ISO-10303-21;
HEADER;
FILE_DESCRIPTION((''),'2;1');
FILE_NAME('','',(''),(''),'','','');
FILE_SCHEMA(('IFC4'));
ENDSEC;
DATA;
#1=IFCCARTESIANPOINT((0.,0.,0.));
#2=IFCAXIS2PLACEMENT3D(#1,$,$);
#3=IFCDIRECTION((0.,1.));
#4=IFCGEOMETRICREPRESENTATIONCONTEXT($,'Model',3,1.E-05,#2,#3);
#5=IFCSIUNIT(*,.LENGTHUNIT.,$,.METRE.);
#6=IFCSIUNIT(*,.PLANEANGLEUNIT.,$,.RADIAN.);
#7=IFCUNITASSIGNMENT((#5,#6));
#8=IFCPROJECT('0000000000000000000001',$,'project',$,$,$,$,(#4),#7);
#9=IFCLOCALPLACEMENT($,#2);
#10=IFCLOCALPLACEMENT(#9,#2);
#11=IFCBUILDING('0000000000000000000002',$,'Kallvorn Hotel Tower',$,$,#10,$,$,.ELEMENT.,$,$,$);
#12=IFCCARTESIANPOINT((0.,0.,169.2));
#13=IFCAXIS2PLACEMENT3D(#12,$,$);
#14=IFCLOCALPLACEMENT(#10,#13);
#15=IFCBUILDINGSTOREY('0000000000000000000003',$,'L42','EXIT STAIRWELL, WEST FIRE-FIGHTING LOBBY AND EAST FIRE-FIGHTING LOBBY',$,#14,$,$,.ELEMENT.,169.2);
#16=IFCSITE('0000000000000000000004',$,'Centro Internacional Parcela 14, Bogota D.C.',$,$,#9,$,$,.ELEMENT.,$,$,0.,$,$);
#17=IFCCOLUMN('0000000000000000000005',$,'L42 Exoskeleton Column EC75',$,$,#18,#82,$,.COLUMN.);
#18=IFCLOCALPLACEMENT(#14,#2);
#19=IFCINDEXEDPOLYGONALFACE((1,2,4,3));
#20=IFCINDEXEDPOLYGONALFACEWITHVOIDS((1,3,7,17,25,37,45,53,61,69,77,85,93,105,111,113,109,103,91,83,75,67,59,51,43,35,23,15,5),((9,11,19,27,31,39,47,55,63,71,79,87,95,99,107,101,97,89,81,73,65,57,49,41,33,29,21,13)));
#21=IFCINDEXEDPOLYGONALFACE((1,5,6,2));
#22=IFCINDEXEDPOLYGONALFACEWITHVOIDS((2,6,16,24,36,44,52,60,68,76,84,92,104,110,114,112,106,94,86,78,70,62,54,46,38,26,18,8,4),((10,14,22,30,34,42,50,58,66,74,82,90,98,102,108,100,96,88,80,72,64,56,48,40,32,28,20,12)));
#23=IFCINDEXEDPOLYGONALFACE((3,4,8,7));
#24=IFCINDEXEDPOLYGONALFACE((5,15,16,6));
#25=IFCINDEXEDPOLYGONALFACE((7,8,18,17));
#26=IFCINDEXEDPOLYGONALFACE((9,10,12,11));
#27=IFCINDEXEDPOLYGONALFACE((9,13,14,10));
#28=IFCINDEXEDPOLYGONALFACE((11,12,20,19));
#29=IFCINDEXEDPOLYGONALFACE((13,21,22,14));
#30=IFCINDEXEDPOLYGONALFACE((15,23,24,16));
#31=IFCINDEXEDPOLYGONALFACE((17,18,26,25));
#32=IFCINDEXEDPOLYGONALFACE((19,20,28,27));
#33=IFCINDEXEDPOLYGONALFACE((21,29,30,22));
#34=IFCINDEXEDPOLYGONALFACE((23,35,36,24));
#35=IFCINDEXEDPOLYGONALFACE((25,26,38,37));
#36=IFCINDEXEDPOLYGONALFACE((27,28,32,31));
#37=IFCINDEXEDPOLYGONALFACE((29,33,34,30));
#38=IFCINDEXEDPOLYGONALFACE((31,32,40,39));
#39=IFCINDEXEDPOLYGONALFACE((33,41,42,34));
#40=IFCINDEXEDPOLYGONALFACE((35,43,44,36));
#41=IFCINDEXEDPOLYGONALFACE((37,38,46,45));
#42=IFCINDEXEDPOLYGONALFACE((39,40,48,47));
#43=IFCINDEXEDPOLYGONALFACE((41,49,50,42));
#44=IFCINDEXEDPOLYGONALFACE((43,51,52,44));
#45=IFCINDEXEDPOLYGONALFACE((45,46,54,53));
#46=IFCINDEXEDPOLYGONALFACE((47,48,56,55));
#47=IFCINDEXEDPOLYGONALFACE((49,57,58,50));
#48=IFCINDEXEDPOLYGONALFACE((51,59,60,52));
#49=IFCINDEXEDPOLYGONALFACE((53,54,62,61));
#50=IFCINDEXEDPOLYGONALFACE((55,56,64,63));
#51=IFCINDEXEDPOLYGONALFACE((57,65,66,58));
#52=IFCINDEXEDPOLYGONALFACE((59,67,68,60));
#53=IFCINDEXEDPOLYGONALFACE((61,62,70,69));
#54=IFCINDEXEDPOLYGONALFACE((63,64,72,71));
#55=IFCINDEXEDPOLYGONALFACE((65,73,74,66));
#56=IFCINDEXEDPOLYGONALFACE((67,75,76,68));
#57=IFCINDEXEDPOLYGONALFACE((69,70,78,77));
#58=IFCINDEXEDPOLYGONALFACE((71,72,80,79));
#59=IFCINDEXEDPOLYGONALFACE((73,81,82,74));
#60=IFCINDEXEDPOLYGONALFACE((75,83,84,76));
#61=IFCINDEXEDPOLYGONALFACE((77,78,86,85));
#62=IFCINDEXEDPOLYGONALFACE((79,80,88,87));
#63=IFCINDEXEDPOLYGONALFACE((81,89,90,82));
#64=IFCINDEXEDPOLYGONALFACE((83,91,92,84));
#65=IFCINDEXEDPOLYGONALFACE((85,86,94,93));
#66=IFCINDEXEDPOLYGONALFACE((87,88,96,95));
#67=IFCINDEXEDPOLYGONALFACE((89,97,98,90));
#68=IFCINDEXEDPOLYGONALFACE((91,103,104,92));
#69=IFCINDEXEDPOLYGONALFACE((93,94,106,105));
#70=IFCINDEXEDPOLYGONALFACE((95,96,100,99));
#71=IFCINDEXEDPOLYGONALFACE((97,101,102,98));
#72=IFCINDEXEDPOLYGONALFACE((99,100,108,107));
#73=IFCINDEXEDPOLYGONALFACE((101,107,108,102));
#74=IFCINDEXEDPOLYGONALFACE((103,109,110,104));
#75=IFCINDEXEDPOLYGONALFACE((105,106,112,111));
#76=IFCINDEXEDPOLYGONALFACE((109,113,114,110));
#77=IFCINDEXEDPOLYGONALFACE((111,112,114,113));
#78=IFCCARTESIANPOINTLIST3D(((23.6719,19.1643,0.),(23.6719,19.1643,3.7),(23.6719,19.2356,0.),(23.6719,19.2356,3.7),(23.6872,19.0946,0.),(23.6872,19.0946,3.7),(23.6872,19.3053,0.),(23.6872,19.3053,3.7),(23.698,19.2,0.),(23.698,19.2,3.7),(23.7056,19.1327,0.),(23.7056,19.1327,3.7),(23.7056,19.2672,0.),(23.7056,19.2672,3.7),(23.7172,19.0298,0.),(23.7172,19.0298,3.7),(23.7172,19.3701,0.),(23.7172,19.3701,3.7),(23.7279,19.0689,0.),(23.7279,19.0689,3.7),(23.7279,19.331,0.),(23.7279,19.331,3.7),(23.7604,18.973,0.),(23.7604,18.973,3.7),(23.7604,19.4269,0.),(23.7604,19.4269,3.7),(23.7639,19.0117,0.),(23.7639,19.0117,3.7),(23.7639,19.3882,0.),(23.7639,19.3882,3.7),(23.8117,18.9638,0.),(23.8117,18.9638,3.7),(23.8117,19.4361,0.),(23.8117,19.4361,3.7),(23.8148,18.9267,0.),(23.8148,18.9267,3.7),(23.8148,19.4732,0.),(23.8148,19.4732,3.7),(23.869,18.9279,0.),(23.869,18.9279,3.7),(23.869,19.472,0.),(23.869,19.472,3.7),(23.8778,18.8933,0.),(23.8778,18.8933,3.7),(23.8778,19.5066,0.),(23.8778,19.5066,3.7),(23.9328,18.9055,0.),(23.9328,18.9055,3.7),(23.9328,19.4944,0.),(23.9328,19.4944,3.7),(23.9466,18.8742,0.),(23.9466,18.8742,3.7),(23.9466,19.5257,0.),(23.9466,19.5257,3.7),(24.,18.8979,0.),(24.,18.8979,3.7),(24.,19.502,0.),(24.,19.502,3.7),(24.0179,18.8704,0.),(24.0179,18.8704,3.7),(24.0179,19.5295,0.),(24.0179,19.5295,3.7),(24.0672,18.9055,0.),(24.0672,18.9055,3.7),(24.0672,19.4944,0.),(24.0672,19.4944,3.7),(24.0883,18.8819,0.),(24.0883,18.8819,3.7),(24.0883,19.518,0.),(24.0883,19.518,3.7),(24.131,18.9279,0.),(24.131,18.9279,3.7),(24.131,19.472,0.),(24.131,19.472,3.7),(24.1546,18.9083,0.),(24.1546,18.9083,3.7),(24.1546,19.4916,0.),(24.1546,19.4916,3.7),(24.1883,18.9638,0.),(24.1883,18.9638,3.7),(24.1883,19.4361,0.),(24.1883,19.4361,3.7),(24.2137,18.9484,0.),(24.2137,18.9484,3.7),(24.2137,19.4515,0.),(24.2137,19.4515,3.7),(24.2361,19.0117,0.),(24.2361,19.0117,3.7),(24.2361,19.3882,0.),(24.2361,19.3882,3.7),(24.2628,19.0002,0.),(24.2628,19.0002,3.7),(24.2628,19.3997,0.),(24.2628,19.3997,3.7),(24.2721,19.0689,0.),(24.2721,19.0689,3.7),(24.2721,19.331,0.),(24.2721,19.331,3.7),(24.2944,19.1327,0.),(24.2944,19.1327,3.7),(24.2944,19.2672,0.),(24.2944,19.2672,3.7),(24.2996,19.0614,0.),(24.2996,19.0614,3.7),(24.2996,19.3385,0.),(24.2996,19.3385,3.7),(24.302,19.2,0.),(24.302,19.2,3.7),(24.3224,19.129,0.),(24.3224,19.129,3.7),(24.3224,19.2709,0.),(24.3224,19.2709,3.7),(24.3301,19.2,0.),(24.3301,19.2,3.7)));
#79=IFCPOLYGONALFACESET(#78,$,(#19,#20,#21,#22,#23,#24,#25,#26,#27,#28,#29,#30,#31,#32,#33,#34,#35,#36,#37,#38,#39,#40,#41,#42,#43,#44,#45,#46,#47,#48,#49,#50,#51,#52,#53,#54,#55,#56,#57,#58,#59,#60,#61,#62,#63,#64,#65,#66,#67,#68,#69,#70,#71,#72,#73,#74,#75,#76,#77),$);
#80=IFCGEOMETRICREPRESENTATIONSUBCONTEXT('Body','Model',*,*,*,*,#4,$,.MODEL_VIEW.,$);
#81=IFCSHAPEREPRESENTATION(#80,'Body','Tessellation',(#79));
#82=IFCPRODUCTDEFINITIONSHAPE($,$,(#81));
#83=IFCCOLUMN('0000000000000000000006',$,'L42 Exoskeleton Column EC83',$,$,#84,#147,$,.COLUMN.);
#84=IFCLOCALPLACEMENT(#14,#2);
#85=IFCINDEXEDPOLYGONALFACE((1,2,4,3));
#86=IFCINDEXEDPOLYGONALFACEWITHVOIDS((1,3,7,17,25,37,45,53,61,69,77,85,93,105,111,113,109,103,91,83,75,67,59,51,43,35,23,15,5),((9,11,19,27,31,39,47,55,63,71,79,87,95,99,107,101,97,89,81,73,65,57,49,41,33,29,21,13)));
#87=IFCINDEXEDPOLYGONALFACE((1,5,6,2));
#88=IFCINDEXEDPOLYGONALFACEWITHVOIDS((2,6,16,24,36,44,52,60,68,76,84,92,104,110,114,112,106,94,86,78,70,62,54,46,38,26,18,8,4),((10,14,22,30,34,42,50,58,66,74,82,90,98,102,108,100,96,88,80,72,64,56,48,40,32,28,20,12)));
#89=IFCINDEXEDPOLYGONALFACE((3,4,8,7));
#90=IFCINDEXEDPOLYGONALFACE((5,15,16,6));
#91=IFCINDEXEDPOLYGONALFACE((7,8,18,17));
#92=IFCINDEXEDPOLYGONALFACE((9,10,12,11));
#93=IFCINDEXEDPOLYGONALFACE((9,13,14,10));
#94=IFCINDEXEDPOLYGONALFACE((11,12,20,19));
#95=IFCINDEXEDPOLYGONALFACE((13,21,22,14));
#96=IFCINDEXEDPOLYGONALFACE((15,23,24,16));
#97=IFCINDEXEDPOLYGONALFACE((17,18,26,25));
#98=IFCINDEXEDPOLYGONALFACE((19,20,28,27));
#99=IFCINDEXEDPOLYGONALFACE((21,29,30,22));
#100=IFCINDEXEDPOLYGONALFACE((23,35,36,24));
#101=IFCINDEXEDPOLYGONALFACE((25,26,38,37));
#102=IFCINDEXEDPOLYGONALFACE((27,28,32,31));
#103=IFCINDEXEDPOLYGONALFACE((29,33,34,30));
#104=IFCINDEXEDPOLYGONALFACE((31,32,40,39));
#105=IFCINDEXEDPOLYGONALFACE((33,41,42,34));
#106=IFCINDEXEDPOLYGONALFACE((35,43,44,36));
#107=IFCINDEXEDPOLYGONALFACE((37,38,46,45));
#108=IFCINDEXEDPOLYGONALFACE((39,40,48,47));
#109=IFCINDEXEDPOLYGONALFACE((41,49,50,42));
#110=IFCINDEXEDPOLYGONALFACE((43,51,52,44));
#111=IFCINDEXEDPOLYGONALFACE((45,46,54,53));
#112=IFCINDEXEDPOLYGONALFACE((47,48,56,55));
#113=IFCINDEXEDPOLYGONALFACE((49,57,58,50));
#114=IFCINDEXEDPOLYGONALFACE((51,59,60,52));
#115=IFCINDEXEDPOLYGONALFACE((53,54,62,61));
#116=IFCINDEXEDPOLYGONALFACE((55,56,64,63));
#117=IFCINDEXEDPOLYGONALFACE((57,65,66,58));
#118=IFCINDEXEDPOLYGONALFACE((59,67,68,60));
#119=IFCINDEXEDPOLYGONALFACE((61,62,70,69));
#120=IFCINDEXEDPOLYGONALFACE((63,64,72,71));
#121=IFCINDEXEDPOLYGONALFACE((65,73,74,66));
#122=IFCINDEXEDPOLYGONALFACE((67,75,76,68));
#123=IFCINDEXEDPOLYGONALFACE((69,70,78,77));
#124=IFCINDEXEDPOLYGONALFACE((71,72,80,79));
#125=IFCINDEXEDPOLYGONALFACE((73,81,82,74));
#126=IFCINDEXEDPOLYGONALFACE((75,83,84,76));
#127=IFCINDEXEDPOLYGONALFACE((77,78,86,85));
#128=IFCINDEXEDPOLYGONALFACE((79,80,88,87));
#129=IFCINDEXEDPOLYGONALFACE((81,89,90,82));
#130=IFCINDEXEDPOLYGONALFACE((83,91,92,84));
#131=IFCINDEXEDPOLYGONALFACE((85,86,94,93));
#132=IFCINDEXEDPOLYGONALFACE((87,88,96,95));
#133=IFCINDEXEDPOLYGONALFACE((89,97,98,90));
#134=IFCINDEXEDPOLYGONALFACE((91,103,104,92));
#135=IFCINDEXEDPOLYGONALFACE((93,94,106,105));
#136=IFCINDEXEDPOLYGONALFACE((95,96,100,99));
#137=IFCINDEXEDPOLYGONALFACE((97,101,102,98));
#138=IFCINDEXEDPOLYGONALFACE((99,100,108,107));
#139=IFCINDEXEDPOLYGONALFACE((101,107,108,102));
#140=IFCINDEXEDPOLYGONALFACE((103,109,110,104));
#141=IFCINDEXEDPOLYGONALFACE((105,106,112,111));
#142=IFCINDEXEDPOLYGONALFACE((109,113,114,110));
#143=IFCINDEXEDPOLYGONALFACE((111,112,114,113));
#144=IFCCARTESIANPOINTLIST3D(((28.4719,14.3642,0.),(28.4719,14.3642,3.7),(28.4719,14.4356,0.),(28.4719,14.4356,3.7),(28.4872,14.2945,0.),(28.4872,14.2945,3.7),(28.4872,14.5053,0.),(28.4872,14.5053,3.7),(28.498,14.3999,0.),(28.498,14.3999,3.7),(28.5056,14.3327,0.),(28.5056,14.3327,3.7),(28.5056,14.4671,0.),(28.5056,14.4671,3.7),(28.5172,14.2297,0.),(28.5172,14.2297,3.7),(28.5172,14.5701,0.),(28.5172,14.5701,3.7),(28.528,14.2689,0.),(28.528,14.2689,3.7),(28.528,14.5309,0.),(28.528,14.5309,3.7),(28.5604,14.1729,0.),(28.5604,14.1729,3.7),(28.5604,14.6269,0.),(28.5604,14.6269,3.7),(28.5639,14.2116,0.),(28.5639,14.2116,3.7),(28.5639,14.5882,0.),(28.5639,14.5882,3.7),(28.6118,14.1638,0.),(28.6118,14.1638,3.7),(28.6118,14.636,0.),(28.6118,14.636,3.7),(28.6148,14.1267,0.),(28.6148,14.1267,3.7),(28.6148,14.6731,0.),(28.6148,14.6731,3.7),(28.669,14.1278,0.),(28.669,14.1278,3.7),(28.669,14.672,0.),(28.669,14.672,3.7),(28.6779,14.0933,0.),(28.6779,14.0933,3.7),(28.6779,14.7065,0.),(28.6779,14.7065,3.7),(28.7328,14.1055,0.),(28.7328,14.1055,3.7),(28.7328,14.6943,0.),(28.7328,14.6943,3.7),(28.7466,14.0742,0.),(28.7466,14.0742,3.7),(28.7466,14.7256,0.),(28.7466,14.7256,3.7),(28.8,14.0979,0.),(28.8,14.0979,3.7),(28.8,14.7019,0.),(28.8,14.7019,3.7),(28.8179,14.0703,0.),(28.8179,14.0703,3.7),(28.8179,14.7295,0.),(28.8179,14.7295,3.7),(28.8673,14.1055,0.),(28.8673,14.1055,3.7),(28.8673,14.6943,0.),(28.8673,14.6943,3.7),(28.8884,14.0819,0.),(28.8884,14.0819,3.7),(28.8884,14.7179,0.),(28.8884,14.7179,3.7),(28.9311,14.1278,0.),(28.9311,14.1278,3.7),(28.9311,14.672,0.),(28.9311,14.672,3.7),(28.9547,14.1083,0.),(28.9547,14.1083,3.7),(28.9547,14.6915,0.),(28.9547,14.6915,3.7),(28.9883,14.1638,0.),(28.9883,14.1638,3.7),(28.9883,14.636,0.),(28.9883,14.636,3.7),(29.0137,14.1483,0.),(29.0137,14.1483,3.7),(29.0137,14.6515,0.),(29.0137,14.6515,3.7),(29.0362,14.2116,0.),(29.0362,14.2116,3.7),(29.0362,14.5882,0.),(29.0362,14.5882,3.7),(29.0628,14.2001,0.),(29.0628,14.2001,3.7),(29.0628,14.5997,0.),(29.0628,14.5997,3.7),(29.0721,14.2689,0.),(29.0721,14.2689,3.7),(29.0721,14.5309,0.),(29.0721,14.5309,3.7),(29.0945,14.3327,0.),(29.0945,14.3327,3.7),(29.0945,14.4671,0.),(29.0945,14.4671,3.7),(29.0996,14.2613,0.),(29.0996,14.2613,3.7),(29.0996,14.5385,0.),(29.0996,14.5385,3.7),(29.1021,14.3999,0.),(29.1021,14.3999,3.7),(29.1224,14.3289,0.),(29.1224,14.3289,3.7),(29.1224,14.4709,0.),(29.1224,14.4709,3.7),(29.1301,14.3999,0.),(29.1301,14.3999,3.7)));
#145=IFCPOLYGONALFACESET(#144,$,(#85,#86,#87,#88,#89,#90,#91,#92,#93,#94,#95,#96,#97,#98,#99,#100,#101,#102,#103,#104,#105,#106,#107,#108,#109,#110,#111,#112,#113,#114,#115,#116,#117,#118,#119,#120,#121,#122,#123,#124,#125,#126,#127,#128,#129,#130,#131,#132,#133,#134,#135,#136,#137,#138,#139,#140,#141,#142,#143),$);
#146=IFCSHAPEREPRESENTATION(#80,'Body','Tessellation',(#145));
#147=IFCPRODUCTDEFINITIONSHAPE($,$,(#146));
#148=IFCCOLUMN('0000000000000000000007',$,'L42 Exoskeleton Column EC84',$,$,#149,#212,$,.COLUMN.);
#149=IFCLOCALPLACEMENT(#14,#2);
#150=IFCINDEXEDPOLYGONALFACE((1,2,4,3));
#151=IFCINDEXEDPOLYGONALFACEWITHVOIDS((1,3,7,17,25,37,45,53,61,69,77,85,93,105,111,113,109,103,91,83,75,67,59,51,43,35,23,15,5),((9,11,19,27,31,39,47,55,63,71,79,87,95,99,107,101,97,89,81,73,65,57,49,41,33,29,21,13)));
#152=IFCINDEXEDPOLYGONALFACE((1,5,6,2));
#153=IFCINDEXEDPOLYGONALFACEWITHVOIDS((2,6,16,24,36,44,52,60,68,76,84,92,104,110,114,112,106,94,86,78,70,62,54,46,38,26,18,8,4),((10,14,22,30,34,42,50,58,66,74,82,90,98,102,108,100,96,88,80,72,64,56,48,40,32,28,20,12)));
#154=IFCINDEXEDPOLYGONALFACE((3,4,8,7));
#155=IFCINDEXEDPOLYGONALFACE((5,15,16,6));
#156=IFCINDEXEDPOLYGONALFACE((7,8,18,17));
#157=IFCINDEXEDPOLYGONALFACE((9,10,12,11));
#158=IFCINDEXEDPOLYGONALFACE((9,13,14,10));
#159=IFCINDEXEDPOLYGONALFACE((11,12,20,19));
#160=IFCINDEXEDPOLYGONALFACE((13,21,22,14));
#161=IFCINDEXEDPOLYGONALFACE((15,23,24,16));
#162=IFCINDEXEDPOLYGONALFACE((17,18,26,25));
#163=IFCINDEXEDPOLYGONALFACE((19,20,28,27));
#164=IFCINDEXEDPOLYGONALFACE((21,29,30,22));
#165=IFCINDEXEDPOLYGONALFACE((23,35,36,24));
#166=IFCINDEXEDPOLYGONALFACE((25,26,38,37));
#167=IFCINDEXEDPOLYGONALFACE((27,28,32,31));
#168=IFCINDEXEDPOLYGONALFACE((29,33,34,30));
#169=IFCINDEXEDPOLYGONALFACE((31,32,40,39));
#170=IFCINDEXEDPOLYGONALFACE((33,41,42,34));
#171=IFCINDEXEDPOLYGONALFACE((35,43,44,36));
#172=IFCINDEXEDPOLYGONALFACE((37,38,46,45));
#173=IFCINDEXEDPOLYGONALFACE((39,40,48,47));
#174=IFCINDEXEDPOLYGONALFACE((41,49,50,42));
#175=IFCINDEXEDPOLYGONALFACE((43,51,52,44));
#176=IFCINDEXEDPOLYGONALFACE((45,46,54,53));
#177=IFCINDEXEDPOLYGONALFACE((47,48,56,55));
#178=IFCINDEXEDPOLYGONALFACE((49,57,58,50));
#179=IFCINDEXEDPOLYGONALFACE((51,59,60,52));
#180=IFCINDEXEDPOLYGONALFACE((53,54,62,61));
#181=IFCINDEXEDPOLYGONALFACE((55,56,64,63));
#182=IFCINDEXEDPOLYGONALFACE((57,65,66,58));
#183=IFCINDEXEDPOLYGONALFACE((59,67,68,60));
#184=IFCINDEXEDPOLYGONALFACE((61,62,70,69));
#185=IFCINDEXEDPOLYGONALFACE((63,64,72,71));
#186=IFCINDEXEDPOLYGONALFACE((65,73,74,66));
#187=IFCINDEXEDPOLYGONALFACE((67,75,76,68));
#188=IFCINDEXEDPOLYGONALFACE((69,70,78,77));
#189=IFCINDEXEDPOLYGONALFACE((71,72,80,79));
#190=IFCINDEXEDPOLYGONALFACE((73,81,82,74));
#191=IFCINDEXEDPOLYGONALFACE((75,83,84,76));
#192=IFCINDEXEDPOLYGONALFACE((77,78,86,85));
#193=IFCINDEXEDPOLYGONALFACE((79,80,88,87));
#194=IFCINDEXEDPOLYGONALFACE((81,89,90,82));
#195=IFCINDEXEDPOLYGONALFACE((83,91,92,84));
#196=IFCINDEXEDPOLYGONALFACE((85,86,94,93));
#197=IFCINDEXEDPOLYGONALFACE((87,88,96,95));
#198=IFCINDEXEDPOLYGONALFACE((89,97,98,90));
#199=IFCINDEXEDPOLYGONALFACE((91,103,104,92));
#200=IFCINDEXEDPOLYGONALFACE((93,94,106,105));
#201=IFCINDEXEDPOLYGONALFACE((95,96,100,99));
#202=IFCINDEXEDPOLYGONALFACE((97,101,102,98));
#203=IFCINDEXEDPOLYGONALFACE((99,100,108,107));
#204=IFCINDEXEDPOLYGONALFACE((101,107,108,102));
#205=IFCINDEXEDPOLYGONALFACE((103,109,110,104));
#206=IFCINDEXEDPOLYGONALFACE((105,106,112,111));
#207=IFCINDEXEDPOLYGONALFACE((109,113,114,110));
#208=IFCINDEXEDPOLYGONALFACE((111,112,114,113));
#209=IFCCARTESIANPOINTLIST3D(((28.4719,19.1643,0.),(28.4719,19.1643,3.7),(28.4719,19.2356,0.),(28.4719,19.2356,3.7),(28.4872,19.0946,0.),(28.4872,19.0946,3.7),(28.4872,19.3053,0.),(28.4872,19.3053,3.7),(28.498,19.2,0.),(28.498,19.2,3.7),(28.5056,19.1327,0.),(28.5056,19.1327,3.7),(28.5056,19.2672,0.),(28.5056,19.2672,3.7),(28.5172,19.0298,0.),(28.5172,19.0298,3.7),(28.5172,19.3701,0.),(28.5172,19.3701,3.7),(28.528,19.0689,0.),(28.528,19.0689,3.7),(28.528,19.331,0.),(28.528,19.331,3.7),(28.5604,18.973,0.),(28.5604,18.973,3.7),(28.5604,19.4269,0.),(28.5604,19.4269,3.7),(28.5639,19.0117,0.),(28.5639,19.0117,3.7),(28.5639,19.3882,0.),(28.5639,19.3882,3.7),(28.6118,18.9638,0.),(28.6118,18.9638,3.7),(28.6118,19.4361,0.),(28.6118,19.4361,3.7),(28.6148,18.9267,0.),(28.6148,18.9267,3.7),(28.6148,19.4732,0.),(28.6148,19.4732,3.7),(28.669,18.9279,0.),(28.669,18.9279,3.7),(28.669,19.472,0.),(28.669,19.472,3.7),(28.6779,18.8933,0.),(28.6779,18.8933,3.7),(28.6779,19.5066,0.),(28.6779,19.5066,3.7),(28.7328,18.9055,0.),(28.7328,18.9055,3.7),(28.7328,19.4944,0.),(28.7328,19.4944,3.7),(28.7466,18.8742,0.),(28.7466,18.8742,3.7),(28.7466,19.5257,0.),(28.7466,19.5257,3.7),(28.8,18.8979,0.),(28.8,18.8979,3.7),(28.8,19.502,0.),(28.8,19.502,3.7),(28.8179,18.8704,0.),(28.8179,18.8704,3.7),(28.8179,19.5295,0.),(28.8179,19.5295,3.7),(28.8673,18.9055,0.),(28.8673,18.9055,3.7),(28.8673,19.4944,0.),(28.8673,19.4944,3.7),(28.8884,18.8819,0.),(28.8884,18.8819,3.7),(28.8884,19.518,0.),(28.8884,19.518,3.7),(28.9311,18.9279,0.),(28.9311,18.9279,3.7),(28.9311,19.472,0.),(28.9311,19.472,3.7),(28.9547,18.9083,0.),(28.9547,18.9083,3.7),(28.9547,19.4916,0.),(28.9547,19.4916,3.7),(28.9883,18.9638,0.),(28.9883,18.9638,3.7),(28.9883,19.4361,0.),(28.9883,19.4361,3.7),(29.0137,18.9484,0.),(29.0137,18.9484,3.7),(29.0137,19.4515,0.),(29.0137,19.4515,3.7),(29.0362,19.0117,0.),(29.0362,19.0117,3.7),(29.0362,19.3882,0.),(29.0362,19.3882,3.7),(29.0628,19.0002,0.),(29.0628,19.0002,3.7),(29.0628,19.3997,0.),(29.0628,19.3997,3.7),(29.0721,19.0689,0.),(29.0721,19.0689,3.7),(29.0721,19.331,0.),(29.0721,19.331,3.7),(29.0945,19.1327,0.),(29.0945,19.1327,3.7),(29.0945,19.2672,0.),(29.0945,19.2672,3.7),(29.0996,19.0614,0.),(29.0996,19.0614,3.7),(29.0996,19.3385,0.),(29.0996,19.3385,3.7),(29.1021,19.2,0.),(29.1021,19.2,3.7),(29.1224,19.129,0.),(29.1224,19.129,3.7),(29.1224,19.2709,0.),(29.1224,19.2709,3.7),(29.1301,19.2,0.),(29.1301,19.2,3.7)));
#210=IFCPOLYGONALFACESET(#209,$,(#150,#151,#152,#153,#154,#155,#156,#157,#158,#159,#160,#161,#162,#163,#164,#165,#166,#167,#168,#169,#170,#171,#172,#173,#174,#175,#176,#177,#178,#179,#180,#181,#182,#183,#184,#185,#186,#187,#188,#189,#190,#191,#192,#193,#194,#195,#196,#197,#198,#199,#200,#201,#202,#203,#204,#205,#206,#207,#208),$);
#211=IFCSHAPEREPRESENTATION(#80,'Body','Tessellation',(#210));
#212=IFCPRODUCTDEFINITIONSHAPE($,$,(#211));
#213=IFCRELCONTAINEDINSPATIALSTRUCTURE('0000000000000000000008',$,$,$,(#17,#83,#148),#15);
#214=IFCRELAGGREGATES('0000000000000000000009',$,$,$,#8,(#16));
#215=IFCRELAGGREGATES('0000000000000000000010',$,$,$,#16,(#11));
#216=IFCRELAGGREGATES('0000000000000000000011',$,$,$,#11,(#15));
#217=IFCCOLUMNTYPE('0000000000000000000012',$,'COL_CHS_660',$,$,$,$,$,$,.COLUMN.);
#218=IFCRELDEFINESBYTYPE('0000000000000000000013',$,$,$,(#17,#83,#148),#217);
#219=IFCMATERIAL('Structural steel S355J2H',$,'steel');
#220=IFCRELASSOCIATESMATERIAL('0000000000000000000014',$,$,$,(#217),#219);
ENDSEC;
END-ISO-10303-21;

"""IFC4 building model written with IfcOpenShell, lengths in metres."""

from ifc_helpers import new_model, si_unit, direction, frame, origin, origin_2d, place, context, subcontext, project, spatial, hollow_circle, extrude, material, material_profile, profile_set, type_object, element, save


model = new_model("IFC4")

# Units and contexts
model_context = context("Model", 3, precision=1e-05, world=origin(), true_north=direction((0.0, 1.0)))
body_context = subcontext(model_context, "Body", "Model", "MODEL_VIEW")
ifc_project = project(units=[si_unit("LENGTHUNIT", "METRE"), si_unit("PLANEANGLEUNIT", "RADIAN")], contexts=[model_context])

# Site, building, storey
site_placement = place(None, origin())
site = spatial("IfcSite", under=ifc_project, at=site_placement, Name="Centro Internacional Parcela 14, Bogota D.C.", CompositionType="ELEMENT", RefElevation=0.0)
building_placement = place(site_placement, origin())
building = spatial("IfcBuilding", under=site, at=building_placement, Name="Kallvorn Hotel Tower", CompositionType="ELEMENT")
storey_placement = place(building_placement, frame((0.0, 0.0, 169.2)))
storey = spatial("IfcBuildingStorey", under=building, at=storey_placement, Name="L42", Description="EXIT STAIRWELL, WEST FIRE-FIGHTING LOBBY AND EAST FIRE-FIGHTING LOBBY", CompositionType="ELEMENT", Elevation=169.2)

# Columns
ifc_material_1 = material(Name="Structural steel S355J2H", Category="steel")
ifc_material_profile_1 = material_profile(ifc_material_1, hollow_circle(Radius=0.3301, WallThickness=0.0281, at=origin_2d()), Name="CHS 660x28")
ifc_profile_set_1 = profile_set([ifc_material_profile_1], Name="Structural steel S355J2H")
column_type_1 = type_object("IfcColumnType", Name="COL_CHS_660", PredefinedType="COLUMN", material=ifc_profile_set_1)
for number, where, z_axis, x_axis, name in (
    (1, (24.0, 19.2, 0.0), (0.0, 0.0, 1.0), (1.0, 0.0, 0.0), "L42 Exoskeleton Column EC75"),
    (2, (28.8, 14.3999, 0.0), (0.0, 0.0, 1.0), (1.0, 0.0, 0.0), "L42 Exoskeleton Column EC83"),
    (3, (28.8, 19.2, 0.0), (0.0, 0.0, 1.0), (1.0, 0.0, 0.0), "L42 Exoskeleton Column EC84"),
):
    element("IfcColumn", number, at=place(storey_placement, frame(where, z_axis=z_axis, x_axis=x_axis)), inside=storey, type_object=column_type_1, Name=name, PredefinedType="COLUMN", context=body_context, shape_type="SweptSolid", body=[
        extrude(hollow_circle(Radius=0.3301, WallThickness=0.0281, at=origin_2d()), origin(), (0.0, 0.0, 1.0), 3.7),
    ])

save(model, "model.ifc")
